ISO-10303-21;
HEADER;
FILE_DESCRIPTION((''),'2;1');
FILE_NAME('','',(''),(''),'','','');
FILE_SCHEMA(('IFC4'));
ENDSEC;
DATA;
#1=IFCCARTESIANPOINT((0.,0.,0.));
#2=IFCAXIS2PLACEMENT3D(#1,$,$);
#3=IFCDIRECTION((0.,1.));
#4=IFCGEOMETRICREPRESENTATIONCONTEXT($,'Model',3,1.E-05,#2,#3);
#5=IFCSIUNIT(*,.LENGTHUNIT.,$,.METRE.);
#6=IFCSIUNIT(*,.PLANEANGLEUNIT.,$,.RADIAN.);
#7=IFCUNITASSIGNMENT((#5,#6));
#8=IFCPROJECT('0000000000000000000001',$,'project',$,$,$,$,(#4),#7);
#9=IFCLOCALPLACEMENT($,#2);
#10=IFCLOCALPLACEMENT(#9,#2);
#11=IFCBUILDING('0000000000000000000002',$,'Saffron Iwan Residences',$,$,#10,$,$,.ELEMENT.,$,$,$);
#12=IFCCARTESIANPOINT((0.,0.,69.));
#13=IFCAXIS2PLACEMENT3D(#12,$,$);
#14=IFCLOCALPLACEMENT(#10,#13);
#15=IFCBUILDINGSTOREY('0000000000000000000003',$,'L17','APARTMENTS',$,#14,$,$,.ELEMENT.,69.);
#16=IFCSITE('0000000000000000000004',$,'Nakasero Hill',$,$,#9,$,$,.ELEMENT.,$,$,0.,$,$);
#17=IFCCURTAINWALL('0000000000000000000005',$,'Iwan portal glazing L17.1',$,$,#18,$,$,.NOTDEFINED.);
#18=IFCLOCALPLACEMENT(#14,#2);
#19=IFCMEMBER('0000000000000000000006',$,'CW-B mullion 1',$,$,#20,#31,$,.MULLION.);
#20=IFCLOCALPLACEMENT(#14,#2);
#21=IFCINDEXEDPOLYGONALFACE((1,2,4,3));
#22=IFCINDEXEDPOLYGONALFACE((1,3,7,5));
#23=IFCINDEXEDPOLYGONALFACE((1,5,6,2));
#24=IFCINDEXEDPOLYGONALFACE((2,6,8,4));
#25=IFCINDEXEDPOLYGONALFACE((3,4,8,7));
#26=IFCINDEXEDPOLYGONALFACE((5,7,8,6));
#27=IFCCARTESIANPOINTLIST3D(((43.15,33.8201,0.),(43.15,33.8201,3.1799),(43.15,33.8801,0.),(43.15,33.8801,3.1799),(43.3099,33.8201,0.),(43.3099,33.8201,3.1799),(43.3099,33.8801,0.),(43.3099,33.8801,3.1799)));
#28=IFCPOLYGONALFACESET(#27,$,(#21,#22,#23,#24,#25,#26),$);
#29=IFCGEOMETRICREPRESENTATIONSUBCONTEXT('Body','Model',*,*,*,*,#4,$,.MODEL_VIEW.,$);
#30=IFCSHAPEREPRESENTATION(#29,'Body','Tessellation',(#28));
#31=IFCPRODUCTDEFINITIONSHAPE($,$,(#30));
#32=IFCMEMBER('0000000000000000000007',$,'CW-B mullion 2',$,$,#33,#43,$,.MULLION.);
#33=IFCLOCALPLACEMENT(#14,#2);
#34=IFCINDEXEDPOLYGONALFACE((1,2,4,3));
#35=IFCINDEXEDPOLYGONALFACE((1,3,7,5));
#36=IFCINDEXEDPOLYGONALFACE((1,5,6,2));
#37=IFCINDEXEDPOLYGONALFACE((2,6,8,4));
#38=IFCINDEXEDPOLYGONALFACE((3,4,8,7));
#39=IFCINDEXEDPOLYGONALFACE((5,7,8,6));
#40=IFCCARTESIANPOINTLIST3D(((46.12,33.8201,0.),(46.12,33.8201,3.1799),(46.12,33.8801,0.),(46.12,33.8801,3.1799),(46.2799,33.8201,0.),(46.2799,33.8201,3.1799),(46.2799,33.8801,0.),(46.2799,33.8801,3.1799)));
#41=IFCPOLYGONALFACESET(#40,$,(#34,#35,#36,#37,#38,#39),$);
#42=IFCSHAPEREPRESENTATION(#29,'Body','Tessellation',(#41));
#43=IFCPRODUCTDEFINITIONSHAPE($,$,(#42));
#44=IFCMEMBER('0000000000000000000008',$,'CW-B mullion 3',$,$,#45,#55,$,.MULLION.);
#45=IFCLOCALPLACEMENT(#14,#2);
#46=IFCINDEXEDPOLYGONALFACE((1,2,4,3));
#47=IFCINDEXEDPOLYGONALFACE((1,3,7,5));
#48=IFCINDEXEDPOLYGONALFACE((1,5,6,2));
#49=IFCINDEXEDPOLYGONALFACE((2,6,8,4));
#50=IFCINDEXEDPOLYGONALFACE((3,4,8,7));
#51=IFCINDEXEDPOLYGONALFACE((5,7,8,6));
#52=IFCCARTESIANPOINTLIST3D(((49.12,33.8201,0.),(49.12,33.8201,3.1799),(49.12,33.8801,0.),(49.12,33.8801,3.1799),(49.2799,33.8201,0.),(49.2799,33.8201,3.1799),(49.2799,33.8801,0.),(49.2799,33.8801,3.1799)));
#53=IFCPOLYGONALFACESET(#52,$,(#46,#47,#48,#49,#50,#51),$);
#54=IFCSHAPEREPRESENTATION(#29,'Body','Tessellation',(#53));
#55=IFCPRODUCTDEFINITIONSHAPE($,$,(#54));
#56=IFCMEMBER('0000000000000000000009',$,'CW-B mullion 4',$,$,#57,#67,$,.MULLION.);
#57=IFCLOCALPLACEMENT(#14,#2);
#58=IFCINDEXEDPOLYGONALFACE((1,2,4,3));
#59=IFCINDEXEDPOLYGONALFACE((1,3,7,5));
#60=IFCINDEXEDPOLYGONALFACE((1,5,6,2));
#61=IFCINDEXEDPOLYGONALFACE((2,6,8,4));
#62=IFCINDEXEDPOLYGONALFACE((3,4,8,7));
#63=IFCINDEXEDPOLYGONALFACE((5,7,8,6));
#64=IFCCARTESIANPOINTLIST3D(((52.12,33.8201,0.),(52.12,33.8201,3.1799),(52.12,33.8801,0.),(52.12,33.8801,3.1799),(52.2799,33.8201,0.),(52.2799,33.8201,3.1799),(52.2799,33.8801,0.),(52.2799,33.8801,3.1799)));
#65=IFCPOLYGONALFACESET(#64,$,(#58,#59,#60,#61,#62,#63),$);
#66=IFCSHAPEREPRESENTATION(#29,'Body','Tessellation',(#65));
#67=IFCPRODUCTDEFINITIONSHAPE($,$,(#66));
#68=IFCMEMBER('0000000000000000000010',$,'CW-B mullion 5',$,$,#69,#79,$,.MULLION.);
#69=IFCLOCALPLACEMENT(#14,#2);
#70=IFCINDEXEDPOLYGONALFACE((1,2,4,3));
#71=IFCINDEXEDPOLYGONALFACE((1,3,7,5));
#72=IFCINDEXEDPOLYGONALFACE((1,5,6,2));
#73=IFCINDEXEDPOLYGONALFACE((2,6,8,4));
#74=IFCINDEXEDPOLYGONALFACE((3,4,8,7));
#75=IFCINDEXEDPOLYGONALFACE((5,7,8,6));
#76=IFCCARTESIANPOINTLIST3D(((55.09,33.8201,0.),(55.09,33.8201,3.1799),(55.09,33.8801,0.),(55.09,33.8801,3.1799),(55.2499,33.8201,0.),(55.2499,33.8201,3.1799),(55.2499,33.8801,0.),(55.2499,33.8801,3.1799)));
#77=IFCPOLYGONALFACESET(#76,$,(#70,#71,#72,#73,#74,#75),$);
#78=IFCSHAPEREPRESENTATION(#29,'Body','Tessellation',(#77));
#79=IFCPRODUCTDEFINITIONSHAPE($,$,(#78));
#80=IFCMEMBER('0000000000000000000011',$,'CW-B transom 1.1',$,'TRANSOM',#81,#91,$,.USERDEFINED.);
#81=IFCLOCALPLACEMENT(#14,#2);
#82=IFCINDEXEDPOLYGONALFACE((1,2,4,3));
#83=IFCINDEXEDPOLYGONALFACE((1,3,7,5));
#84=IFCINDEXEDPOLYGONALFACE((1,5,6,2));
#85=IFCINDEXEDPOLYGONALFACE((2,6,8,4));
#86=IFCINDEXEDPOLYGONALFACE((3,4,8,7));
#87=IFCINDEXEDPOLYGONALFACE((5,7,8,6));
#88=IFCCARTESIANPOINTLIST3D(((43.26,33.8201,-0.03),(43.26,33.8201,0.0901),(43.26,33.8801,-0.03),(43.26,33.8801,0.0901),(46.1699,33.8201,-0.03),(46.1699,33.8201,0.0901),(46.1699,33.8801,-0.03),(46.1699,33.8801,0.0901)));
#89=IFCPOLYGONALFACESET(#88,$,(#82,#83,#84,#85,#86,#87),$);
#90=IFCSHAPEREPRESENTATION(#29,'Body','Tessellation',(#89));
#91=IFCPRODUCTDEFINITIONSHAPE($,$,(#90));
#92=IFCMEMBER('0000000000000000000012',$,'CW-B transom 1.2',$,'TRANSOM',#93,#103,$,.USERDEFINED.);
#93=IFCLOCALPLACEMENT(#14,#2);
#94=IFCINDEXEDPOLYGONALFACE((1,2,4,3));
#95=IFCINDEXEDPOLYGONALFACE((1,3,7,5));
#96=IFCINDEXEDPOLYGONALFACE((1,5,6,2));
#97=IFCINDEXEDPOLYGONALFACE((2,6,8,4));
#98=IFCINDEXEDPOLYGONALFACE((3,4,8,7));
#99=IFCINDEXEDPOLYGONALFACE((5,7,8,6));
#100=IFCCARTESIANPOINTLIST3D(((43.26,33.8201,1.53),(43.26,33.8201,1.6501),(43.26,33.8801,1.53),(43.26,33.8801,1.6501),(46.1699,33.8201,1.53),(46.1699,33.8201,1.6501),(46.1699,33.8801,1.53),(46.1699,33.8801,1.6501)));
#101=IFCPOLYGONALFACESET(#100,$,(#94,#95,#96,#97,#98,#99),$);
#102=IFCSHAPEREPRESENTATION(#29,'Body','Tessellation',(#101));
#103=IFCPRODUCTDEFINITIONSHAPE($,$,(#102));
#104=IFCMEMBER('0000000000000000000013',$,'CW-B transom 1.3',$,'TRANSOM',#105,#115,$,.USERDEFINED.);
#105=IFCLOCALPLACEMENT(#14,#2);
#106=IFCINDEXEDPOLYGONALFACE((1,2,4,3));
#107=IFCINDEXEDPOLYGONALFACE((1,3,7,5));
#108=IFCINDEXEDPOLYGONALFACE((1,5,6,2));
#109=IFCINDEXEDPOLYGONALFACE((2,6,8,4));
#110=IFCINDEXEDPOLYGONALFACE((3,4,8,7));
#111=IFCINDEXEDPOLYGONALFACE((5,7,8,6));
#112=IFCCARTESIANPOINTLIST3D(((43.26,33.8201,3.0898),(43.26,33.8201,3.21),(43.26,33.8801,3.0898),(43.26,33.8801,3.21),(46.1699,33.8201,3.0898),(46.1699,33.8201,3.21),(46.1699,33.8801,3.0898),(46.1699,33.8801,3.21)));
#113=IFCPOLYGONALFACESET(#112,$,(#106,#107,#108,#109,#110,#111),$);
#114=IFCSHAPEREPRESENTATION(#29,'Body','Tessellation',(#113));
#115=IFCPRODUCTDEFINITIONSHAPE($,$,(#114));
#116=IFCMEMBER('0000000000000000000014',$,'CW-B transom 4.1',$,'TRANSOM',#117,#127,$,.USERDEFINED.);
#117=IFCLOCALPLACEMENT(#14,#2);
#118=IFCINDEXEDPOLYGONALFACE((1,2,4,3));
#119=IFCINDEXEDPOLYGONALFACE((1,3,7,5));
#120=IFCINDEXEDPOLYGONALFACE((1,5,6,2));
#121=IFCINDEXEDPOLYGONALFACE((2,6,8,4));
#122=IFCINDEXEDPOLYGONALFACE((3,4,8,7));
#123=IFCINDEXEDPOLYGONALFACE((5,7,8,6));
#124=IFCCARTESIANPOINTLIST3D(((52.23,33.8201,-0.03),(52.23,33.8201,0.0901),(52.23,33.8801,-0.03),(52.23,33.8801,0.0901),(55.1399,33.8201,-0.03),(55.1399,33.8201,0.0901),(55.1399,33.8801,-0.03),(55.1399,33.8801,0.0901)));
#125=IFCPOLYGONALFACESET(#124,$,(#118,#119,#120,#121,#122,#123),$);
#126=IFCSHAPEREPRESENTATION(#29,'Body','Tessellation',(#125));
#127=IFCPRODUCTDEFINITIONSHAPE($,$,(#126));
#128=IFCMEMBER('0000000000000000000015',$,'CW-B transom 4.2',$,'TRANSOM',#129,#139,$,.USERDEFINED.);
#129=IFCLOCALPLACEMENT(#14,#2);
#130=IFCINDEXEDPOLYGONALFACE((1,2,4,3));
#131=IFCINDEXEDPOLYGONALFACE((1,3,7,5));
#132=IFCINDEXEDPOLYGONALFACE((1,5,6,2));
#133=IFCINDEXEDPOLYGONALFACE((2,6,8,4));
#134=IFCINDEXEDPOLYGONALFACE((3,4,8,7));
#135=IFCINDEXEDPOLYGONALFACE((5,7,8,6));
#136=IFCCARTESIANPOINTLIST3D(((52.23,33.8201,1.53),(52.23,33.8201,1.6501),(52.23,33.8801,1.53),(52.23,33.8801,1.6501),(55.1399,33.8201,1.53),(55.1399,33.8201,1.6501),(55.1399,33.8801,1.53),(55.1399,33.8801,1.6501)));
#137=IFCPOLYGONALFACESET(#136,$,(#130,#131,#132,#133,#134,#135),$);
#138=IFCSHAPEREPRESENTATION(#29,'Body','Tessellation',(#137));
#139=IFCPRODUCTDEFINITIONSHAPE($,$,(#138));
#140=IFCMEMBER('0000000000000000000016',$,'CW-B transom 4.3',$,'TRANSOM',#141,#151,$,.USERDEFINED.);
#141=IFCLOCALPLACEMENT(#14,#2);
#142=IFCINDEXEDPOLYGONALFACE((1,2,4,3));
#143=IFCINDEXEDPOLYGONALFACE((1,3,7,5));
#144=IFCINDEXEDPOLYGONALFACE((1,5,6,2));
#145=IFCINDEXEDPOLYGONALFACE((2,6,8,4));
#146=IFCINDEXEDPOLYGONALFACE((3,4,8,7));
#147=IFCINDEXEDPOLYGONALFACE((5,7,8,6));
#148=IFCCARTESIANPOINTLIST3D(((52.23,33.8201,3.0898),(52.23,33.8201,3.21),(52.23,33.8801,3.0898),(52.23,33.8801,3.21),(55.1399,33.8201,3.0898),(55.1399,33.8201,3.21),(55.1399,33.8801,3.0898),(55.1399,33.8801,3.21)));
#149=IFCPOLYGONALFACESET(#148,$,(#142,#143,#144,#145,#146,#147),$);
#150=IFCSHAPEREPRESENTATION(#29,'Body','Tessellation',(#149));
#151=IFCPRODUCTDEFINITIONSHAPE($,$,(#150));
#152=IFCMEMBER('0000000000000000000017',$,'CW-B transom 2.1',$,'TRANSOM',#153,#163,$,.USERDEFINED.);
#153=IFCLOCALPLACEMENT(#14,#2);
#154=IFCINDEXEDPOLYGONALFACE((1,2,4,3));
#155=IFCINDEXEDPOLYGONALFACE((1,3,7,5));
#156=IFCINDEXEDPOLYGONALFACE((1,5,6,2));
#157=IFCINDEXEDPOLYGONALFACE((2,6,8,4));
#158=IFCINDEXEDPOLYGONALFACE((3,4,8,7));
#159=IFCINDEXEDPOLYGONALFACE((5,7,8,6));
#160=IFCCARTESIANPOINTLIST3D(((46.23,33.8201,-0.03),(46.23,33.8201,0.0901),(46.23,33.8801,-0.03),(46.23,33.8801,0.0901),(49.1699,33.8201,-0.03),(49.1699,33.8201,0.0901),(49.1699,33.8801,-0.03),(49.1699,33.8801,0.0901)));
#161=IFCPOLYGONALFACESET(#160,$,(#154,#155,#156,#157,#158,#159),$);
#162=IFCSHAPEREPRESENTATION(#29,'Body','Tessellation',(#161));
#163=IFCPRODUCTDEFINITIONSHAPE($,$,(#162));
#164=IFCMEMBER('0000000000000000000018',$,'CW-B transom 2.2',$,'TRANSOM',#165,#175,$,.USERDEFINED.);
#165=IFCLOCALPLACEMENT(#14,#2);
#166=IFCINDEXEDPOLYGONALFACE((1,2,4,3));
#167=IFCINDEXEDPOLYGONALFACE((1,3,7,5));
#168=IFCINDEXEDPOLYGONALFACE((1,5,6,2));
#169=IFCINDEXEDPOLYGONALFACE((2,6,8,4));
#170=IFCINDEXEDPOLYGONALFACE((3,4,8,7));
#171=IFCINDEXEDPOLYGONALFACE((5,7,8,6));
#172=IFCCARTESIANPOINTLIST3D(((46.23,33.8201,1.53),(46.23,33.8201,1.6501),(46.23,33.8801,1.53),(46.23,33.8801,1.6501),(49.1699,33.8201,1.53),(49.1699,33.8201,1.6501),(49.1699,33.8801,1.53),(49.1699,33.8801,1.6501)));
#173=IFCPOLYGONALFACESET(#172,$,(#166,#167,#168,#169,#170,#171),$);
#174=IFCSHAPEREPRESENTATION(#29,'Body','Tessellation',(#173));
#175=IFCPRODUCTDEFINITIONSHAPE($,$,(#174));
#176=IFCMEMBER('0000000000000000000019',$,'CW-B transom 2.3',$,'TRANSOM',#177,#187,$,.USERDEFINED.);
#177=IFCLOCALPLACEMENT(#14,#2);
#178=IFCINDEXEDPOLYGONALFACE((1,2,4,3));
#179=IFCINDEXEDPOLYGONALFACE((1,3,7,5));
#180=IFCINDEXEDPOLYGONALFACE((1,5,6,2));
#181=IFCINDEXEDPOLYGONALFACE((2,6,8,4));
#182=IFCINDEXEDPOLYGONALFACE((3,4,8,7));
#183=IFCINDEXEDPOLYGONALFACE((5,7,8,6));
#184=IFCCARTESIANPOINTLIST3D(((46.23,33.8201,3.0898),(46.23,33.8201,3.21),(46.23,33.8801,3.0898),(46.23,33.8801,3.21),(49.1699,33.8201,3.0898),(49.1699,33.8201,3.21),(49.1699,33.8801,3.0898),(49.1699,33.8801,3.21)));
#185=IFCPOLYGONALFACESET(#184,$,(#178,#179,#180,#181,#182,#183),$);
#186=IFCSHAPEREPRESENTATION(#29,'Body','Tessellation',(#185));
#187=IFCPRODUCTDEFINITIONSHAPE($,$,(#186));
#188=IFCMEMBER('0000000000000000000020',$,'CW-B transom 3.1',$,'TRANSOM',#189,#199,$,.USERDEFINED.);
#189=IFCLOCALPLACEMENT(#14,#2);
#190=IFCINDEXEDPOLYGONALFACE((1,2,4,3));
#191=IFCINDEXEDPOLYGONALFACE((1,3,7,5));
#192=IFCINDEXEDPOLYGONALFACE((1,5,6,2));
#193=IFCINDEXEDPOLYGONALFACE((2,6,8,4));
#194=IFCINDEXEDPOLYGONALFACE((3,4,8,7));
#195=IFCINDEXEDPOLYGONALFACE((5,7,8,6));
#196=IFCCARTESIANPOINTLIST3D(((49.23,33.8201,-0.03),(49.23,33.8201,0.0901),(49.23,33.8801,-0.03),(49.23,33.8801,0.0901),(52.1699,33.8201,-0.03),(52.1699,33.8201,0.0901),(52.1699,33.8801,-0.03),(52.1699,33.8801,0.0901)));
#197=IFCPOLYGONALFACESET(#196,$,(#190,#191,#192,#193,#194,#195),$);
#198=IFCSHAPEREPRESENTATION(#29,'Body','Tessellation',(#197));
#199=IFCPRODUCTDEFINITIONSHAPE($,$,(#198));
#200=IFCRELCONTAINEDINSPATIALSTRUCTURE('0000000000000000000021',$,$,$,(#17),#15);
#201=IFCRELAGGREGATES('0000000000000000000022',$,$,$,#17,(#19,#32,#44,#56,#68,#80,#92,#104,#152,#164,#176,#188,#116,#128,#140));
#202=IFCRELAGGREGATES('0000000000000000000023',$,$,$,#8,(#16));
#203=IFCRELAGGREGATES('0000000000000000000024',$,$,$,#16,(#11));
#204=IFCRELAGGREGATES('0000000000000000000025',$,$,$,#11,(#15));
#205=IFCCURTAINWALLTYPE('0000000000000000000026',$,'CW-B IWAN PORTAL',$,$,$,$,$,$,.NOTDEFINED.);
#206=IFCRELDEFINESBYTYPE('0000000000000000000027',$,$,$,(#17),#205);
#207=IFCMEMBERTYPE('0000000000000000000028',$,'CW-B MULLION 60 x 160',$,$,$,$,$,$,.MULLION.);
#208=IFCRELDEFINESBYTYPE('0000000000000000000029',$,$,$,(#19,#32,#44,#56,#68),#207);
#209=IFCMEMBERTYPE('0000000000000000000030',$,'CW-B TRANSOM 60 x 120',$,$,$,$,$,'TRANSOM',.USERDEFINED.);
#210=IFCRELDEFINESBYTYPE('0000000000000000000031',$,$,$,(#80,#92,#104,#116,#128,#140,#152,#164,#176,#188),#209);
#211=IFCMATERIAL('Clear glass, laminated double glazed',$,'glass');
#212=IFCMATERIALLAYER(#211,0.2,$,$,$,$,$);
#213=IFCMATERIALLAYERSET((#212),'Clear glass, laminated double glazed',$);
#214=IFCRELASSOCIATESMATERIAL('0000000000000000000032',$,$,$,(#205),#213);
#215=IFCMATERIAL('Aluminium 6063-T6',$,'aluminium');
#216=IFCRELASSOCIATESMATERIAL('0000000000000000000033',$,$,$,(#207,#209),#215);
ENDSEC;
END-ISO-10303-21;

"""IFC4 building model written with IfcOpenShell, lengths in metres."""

from ifc_helpers import new_model, si_unit, direction, frame, origin, origin_2d, place, context, subcontext, project, spatial, rectangle, extrude, source, transform, mapped, material, layer, layer_set, material_profile, profile_set, type_object, element, aggregate, save


model = new_model("IFC4")

# Units and contexts
model_context = context("Model", 3, precision=1e-05, world=origin(), true_north=direction((0.0, 1.0)))
body_context = subcontext(model_context, "Body", "Model", "MODEL_VIEW")
ifc_project = project(units=[si_unit("LENGTHUNIT", "METRE"), si_unit("PLANEANGLEUNIT", "RADIAN")], contexts=[model_context])

# Site, building, storey
site_placement = place(None, origin())
site = spatial("IfcSite", under=ifc_project, at=site_placement, Name="Nakasero Hill", CompositionType="ELEMENT", RefElevation=0.0)
building_placement = place(site_placement, origin())
building = spatial("IfcBuilding", under=site, at=building_placement, Name="Saffron Iwan Residences", CompositionType="ELEMENT")
storey_placement = place(building_placement, frame((0.0, 0.0, 69.0)))
storey = spatial("IfcBuildingStorey", under=building, at=storey_placement, Name="L17", Description="APARTMENTS", CompositionType="ELEMENT", Elevation=69.0)

# Curtain wall, members
ifc_material_1 = material(Name="Clear glass, laminated double glazed", Category="glass")
ifc_layer_1 = layer(ifc_material_1, 0.2)
ifc_layer_set_1 = layer_set([ifc_layer_1], Name="Clear glass, laminated double glazed")
curtain_wall_type = type_object("IfcCurtainWallType", Name="CW-B IWAN PORTAL", PredefinedType="NOTDEFINED", material=ifc_layer_set_1)
curtain_wall_placement = place(storey_placement, origin())
curtain_wall = element("IfcCurtainWall", 1, at=curtain_wall_placement, inside=storey, type_object=curtain_wall_type, Name="Iwan portal glazing L17.1", PredefinedType="NOTDEFINED")
ifc_material_2 = material(Name="Aluminium 6063-T6", Category="aluminium")
ifc_material_profile_1 = material_profile(ifc_material_2, rectangle(XDim=0.0601, YDim=0.1599, at=origin_2d()), Name="CW-B MULLION 60 x 160")
ifc_profile_set_1 = profile_set([ifc_material_profile_1], Name="Aluminium 6063-T6")
member_type_1 = type_object("IfcMemberType", Name="CW-B MULLION 60 x 160", PredefinedType="MULLION", material=ifc_profile_set_1)
shared_shape_1 = source(origin(), body_context, "Body", "SweptSolid", [
    extrude(rectangle(XDim=0.0601, YDim=0.1599, at=origin_2d()), origin(), (0.0, 0.0, 1.0), 3.1799),
])
member_1_placement = place(storey_placement, frame((43.23, 33.8501, 0.0), z_axis=(0.0, 0.0, 1.0), x_axis=(0.0, 1.0, 0.0)))
member_1 = element("IfcMember", 2, at=member_1_placement, type_object=member_type_1, Name="CW-B mullion 1", PredefinedType="MULLION", context=body_context, shape_type="MappedRepresentation", body=[
    mapped(shared_shape_1, transform((0.0, 0.0, 0.0))),
])
member_2_placement = place(storey_placement, frame((46.2, 33.8501, 0.0), z_axis=(0.0, 0.0, 1.0), x_axis=(0.0, 1.0, 0.0)))
member_2 = element("IfcMember", 3, at=member_2_placement, type_object=member_type_1, Name="CW-B mullion 2", PredefinedType="MULLION", context=body_context, shape_type="MappedRepresentation", body=[
    mapped(shared_shape_1, transform((0.0, 0.0, 0.0))),
])
member_3_placement = place(storey_placement, frame((49.2, 33.8501, 0.0), z_axis=(0.0, 0.0, 1.0), x_axis=(0.0, 1.0, 0.0)))
member_3 = element("IfcMember", 4, at=member_3_placement, type_object=member_type_1, Name="CW-B mullion 3", PredefinedType="MULLION", context=body_context, shape_type="MappedRepresentation", body=[
    mapped(shared_shape_1, transform((0.0, 0.0, 0.0))),
])
member_4_placement = place(storey_placement, frame((52.2, 33.8501, 0.0), z_axis=(0.0, 0.0, 1.0), x_axis=(0.0, 1.0, 0.0)))
member_4 = element("IfcMember", 5, at=member_4_placement, type_object=member_type_1, Name="CW-B mullion 4", PredefinedType="MULLION", context=body_context, shape_type="MappedRepresentation", body=[
    mapped(shared_shape_1, transform((0.0, 0.0, 0.0))),
])
member_5_placement = place(storey_placement, frame((55.1699, 33.8501, 0.0), z_axis=(0.0, 0.0, 1.0), x_axis=(0.0, 1.0, 0.0)))
member_5 = element("IfcMember", 6, at=member_5_placement, type_object=member_type_1, Name="CW-B mullion 5", PredefinedType="MULLION", context=body_context, shape_type="MappedRepresentation", body=[
    mapped(shared_shape_1, transform((0.0, 0.0, 0.0))),
])
ifc_material_profile_2 = material_profile(ifc_material_2, rectangle(XDim=0.0601, YDim=0.1201, at=origin_2d()), Name="CW-B TRANSOM 60 x 120")
ifc_profile_set_2 = profile_set([ifc_material_profile_2], Name="Aluminium 6063-T6")
member_type_2 = type_object("IfcMemberType", Name="CW-B TRANSOM 60 x 120", ElementType="TRANSOM", PredefinedType="USERDEFINED", material=ifc_profile_set_2)
shared_shape_2 = source(origin(), body_context, "Body", "SweptSolid", [
    extrude(rectangle(XDim=0.0601, YDim=0.1201, at=origin_2d()), origin(), (0.0, 0.0, 1.0), 2.9099),
])
member_6_placement = place(storey_placement, frame((43.26, 33.8501, 0.03), z_axis=(1.0, 0.0, 0.0), x_axis=(0.0, 1.0, 0.0)))
member_6 = element("IfcMember", 7, at=member_6_placement, type_object=member_type_2, Name="CW-B transom 1.1", ObjectType="TRANSOM", PredefinedType="USERDEFINED", context=body_context, shape_type="MappedRepresentation", body=[
    mapped(shared_shape_2, transform((0.0, 0.0, 0.0))),
])
member_7_placement = place(storey_placement, frame((43.26, 33.8501, 1.5901), z_axis=(1.0, 0.0, 0.0), x_axis=(0.0, 1.0, 0.0)))
member_7 = element("IfcMember", 8, at=member_7_placement, type_object=member_type_2, Name="CW-B transom 1.2", ObjectType="TRANSOM", PredefinedType="USERDEFINED", context=body_context, shape_type="MappedRepresentation", body=[
    mapped(shared_shape_2, transform((0.0, 0.0, 0.0))),
])
member_8_placement = place(storey_placement, frame((43.26, 33.8501, 3.1499), z_axis=(1.0, 0.0, 0.0), x_axis=(0.0, 1.0, 0.0)))
member_8 = element("IfcMember", 9, at=member_8_placement, type_object=member_type_2, Name="CW-B transom 1.3", ObjectType="TRANSOM", PredefinedType="USERDEFINED", context=body_context, shape_type="MappedRepresentation", body=[
    mapped(shared_shape_2, transform((0.0, 0.0, 0.0))),
])
member_9_placement = place(storey_placement, frame((52.23, 33.8501, 0.03), z_axis=(1.0, 0.0, 0.0), x_axis=(0.0, 1.0, 0.0)))
member_9 = element("IfcMember", 10, at=member_9_placement, type_object=member_type_2, Name="CW-B transom 4.1", ObjectType="TRANSOM", PredefinedType="USERDEFINED", context=body_context, shape_type="MappedRepresentation", body=[
    mapped(shared_shape_2, transform((0.0, 0.0, 0.0))),
])
member_10_placement = place(storey_placement, frame((52.23, 33.8501, 1.5901), z_axis=(1.0, 0.0, 0.0), x_axis=(0.0, 1.0, 0.0)))
member_10 = element("IfcMember", 11, at=member_10_placement, type_object=member_type_2, Name="CW-B transom 4.2", ObjectType="TRANSOM", PredefinedType="USERDEFINED", context=body_context, shape_type="MappedRepresentation", body=[
    mapped(shared_shape_2, transform((0.0, 0.0, 0.0))),
])
member_11_placement = place(storey_placement, frame((52.23, 33.8501, 3.1499), z_axis=(1.0, 0.0, 0.0), x_axis=(0.0, 1.0, 0.0)))
member_11 = element("IfcMember", 12, at=member_11_placement, type_object=member_type_2, Name="CW-B transom 4.3", ObjectType="TRANSOM", PredefinedType="USERDEFINED", context=body_context, shape_type="MappedRepresentation", body=[
    mapped(shared_shape_2, transform((0.0, 0.0, 0.0))),
])
shared_shape_3 = source(origin(), body_context, "Body", "SweptSolid", [
    extrude(rectangle(XDim=0.0601, YDim=0.1201, at=origin_2d()), origin(), (0.0, 0.0, 1.0), 2.9399),
])
member_12_placement = place(storey_placement, frame((46.23, 33.8501, 0.03), z_axis=(1.0, 0.0, 0.0), x_axis=(0.0, 1.0, 0.0)))
member_12 = element("IfcMember", 13, at=member_12_placement, type_object=member_type_2, Name="CW-B transom 2.1", ObjectType="TRANSOM", PredefinedType="USERDEFINED", context=body_context, shape_type="MappedRepresentation", body=[
    mapped(shared_shape_3, transform((0.0, 0.0, 0.0))),
])
member_13_placement = place(storey_placement, frame((46.23, 33.8501, 1.5901), z_axis=(1.0, 0.0, 0.0), x_axis=(0.0, 1.0, 0.0)))
member_13 = element("IfcMember", 14, at=member_13_placement, type_object=member_type_2, Name="CW-B transom 2.2", ObjectType="TRANSOM", PredefinedType="USERDEFINED", context=body_context, shape_type="MappedRepresentation", body=[
    mapped(shared_shape_3, transform((0.0, 0.0, 0.0))),
])
member_14_placement = place(storey_placement, frame((46.23, 33.8501, 3.1499), z_axis=(1.0, 0.0, 0.0), x_axis=(0.0, 1.0, 0.0)))
member_14 = element("IfcMember", 15, at=member_14_placement, type_object=member_type_2, Name="CW-B transom 2.3", ObjectType="TRANSOM", PredefinedType="USERDEFINED", context=body_context, shape_type="MappedRepresentation", body=[
    mapped(shared_shape_3, transform((0.0, 0.0, 0.0))),
])
member_15_placement = place(storey_placement, frame((49.23, 33.8501, 0.03), z_axis=(1.0, 0.0, 0.0), x_axis=(0.0, 1.0, 0.0)))
member_15 = element("IfcMember", 16, at=member_15_placement, type_object=member_type_2, Name="CW-B transom 3.1", ObjectType="TRANSOM", PredefinedType="USERDEFINED", context=body_context, shape_type="MappedRepresentation", body=[
    mapped(shared_shape_3, transform((0.0, 0.0, 0.0))),
])
aggregate(curtain_wall, [member_1, member_2, member_3, member_4, member_5, member_6, member_7, member_8, member_12, member_13, member_14, member_15, member_9, member_10, member_11])

save(model, "model.ifc")
